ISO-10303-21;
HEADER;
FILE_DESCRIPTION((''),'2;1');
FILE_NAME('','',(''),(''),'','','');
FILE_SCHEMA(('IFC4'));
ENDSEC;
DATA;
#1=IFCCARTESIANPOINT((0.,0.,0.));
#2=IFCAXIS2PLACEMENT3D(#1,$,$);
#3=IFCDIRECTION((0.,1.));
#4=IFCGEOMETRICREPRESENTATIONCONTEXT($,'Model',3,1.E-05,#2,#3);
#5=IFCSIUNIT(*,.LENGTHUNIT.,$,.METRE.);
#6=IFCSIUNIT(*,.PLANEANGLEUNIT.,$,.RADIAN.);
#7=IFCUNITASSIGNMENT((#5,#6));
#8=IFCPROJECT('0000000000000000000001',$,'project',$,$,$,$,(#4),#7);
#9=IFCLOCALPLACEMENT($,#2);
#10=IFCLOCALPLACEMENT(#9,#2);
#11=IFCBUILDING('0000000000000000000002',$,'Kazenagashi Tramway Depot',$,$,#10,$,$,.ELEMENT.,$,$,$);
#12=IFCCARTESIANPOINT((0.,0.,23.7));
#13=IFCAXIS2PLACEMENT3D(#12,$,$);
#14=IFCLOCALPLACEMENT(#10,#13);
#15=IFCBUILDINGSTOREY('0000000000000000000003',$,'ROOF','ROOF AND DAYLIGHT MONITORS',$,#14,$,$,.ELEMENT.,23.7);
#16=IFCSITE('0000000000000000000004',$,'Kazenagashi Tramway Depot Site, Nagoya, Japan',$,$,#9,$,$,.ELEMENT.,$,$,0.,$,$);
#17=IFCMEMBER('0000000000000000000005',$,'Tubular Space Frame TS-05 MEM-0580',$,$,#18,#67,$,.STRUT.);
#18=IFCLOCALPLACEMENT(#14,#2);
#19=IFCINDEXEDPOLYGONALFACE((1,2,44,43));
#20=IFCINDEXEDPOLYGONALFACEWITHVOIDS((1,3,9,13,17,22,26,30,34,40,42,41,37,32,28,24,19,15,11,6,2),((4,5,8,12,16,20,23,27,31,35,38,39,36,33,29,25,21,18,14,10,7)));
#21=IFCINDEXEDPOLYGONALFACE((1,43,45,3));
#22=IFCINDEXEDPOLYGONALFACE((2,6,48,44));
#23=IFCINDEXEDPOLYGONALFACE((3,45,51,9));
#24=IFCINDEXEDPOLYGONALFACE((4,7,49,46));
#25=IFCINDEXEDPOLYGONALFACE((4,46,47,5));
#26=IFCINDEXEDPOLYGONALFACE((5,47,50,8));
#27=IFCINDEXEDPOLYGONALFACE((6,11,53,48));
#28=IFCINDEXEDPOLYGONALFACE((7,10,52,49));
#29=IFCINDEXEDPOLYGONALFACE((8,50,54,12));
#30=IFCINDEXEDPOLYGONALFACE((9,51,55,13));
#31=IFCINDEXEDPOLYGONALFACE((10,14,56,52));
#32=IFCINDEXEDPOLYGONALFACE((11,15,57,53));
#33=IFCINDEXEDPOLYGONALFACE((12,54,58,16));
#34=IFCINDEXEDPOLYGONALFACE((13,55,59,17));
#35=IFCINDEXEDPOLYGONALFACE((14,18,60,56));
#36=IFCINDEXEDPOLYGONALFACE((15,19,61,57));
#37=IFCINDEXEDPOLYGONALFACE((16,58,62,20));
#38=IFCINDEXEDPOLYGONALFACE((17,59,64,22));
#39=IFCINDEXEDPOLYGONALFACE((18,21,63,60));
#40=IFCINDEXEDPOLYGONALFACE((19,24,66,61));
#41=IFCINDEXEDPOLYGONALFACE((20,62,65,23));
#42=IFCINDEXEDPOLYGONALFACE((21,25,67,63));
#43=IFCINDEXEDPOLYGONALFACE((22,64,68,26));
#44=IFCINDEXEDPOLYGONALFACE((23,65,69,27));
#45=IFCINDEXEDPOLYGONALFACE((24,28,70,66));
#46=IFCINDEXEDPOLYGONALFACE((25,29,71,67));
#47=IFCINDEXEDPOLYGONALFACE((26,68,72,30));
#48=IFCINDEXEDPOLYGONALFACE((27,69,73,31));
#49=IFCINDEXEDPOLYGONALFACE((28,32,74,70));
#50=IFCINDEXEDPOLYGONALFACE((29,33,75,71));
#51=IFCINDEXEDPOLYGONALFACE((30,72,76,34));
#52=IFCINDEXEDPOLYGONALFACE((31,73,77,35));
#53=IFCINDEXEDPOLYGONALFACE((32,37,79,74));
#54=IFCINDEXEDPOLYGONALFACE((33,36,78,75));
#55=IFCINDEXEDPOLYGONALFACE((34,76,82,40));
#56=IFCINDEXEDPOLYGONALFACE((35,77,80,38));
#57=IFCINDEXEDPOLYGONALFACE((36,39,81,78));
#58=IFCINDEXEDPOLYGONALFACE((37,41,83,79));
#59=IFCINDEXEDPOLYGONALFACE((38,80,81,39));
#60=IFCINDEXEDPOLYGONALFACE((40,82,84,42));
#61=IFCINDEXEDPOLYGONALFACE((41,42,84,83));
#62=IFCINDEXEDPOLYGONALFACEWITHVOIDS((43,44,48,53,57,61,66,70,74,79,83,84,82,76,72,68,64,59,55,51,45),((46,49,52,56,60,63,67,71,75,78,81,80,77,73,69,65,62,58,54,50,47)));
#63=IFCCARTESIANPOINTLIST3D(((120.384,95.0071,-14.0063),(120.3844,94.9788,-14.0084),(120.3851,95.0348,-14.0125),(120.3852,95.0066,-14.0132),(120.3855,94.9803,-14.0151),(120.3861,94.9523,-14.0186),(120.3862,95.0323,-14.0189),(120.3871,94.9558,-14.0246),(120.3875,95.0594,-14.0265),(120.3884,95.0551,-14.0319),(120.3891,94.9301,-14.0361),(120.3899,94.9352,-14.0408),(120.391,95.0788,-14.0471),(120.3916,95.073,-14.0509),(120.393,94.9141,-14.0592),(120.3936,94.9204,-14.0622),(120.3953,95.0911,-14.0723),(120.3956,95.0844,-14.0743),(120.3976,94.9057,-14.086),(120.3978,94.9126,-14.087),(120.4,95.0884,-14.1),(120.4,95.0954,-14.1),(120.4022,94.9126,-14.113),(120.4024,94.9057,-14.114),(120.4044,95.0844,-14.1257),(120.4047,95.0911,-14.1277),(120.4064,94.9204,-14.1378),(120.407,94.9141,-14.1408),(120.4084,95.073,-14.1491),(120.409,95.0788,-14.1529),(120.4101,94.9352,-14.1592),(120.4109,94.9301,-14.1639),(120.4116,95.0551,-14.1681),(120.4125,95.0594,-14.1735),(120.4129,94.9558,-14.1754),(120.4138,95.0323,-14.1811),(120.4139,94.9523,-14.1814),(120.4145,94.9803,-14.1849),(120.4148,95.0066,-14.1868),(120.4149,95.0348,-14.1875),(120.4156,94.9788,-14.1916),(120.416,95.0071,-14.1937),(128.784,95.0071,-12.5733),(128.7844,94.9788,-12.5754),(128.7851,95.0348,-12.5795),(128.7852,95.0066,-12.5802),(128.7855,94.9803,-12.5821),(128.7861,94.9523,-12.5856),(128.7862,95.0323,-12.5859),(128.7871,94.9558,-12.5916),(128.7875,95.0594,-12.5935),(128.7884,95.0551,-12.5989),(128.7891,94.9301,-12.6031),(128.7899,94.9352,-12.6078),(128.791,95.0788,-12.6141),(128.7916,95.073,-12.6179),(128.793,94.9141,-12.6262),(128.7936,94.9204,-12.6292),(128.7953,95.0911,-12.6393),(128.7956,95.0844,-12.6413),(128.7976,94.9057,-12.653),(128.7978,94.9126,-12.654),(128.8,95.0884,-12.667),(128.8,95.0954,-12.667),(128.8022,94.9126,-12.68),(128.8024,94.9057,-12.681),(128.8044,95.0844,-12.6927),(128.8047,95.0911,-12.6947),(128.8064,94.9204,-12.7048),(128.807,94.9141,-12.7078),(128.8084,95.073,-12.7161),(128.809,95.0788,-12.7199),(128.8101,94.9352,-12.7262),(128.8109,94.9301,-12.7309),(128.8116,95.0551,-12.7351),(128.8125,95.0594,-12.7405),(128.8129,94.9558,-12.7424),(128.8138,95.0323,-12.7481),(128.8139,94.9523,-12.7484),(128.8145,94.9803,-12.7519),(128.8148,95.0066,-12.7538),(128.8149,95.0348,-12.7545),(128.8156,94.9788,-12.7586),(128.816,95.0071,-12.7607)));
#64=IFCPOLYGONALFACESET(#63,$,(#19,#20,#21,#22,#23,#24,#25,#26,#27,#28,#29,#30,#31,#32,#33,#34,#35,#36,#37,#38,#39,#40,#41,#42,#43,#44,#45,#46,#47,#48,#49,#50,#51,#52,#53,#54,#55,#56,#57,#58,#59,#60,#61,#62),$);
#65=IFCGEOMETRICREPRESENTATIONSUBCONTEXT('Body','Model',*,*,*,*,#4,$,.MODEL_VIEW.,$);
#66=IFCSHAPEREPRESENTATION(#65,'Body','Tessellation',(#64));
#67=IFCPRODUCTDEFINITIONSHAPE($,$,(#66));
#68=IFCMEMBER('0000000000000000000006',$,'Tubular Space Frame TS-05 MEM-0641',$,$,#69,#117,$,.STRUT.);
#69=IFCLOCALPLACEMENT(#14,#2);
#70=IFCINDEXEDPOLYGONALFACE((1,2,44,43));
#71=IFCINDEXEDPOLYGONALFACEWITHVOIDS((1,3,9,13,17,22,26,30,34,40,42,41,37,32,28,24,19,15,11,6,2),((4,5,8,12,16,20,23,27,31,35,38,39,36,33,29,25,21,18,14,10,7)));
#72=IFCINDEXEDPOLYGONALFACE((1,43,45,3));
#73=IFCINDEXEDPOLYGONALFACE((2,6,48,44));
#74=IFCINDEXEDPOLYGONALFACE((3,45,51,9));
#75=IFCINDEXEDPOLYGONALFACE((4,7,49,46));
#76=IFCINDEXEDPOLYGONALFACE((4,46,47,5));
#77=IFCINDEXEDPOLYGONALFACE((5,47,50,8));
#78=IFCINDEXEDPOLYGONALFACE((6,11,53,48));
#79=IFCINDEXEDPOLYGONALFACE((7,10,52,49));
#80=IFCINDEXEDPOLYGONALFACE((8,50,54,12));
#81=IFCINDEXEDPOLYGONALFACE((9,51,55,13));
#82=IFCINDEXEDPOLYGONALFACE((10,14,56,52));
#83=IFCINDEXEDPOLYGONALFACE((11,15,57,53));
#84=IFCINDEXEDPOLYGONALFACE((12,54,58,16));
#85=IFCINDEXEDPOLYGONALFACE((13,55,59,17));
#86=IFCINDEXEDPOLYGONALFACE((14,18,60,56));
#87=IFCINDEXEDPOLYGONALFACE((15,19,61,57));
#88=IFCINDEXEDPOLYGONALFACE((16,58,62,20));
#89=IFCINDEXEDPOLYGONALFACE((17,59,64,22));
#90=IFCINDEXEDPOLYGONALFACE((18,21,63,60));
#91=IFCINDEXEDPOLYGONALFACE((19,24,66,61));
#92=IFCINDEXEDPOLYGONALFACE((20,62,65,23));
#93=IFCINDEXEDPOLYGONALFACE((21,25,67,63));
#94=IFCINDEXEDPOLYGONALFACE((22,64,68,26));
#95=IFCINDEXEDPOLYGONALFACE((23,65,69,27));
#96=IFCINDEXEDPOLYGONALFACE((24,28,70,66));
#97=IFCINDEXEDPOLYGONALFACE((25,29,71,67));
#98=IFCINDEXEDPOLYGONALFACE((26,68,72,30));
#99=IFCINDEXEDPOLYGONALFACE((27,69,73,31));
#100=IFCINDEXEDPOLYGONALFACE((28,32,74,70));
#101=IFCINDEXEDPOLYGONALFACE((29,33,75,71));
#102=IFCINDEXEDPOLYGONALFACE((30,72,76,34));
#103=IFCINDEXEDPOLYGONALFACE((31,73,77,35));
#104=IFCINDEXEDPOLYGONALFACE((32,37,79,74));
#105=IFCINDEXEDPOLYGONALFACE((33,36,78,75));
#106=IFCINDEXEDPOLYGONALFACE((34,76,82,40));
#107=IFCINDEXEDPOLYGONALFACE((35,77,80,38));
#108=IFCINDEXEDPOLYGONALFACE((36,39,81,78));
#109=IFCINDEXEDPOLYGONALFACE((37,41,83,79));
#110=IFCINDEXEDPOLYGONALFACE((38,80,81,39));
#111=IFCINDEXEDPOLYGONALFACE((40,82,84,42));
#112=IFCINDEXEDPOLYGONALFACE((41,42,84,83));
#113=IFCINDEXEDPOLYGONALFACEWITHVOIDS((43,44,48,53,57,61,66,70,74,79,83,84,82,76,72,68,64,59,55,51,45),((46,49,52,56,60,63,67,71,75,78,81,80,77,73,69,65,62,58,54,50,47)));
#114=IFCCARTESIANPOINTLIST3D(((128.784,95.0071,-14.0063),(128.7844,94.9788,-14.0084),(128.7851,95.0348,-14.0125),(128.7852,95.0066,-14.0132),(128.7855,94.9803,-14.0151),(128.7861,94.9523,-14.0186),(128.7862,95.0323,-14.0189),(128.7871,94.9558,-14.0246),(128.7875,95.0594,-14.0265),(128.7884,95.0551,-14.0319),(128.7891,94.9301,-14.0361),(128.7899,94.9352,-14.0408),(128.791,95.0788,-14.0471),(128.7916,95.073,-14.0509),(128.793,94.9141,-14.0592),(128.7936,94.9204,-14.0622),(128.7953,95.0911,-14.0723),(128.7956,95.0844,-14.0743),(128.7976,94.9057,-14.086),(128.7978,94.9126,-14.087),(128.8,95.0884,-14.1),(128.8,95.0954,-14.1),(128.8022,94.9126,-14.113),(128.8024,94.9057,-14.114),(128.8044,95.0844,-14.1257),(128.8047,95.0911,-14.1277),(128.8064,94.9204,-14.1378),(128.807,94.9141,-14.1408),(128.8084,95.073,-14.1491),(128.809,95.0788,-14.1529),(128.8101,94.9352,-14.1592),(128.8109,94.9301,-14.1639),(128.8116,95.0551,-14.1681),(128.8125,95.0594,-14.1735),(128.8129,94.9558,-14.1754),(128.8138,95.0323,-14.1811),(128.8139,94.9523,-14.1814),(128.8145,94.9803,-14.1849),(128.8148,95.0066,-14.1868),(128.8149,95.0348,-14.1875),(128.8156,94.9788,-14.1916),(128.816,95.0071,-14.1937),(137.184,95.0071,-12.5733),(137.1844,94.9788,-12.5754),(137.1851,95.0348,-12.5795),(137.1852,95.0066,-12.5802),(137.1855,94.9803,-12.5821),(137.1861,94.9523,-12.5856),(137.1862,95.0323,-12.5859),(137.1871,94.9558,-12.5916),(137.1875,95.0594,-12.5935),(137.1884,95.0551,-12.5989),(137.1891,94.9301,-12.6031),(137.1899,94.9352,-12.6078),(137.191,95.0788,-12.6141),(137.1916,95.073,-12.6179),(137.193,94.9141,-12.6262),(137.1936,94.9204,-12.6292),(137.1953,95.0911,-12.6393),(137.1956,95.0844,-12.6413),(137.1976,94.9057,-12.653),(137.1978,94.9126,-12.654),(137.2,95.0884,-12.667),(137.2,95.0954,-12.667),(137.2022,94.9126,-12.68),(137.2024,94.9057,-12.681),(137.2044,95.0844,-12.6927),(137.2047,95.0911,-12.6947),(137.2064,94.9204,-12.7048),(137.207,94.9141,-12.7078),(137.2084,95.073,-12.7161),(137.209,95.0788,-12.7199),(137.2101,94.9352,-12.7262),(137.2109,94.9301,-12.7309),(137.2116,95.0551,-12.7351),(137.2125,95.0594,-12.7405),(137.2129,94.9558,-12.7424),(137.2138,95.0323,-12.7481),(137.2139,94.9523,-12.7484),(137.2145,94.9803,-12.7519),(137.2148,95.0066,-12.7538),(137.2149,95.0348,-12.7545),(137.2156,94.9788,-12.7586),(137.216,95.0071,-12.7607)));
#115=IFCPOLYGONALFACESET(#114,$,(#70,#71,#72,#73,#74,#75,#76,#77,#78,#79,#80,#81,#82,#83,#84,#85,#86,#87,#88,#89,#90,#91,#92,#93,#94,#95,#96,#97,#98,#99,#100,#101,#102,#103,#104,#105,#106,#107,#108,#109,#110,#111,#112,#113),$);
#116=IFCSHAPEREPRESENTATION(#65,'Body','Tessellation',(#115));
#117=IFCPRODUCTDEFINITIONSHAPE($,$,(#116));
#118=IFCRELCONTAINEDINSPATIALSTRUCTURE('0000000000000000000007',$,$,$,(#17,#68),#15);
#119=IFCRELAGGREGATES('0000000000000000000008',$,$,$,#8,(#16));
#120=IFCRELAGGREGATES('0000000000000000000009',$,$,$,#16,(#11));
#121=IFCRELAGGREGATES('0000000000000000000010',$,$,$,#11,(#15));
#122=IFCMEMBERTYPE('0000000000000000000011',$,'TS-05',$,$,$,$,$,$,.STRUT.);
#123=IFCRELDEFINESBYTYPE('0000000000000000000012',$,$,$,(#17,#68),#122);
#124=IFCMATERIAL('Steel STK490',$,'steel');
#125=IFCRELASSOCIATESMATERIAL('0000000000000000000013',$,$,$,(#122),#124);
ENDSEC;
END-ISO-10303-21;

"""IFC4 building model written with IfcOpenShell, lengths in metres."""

from ifc_helpers import new_model, si_unit, direction, frame, origin, origin_2d, place, context, subcontext, project, spatial, hollow_circle, extrude, material, material_profile, profile_set, type_object, element, save


model = new_model("IFC4")

# Units and contexts
model_context = context("Model", 3, precision=1e-05, world=origin(), true_north=direction((0.0, 1.0)))
body_context = subcontext(model_context, "Body", "Model", "MODEL_VIEW")
ifc_project = project(units=[si_unit("LENGTHUNIT", "METRE"), si_unit("PLANEANGLEUNIT", "RADIAN")], contexts=[model_context])

# Site, building, storey
site_placement = place(None, origin())
site = spatial("IfcSite", under=ifc_project, at=site_placement, Name="Kazenagashi Tramway Depot Site, Nagoya, Japan", CompositionType="ELEMENT", RefElevation=0.0)
building_placement = place(site_placement, origin())
building = spatial("IfcBuilding", under=site, at=building_placement, Name="Kazenagashi Tramway Depot", CompositionType="ELEMENT")
storey_placement = place(building_placement, frame((0.0, 0.0, 23.7)))
storey = spatial("IfcBuildingStorey", under=building, at=storey_placement, Name="ROOF", Description="ROOF AND DAYLIGHT MONITORS", CompositionType="ELEMENT", Elevation=23.7)

# Members
ifc_material_1 = material(Name="Steel STK490", Category="steel")
ifc_material_profile_1 = material_profile(ifc_material_1, hollow_circle(Radius=0.0954, WallThickness=0.007, at=origin_2d()), Name="CHS-190.7x7.0")
ifc_profile_set_1 = profile_set([ifc_material_profile_1], Name="Steel STK490")
member_type_1 = type_object("IfcMemberType", Name="TS-05", PredefinedType="STRUT", material=ifc_profile_set_1)
for number, where, z_axis, x_axis, name in (
    (1, (120.4, 95.0, -14.1), (0.985759, 0.0, 0.168166), (0.0, 1.0, 0.0), "Tubular Space Frame TS-05 MEM-0580"),
    (2, (128.8, 95.0, -14.1), (0.985759, 0.0, 0.168166), (0.0, 1.0, 0.0), "Tubular Space Frame TS-05 MEM-0641"),
):
    element("IfcMember", number, at=place(storey_placement, frame(where, z_axis=z_axis, x_axis=x_axis)), inside=storey, type_object=member_type_1, Name=name, PredefinedType="STRUT", context=body_context, shape_type="SweptSolid", body=[
        extrude(hollow_circle(Radius=0.0954, WallThickness=0.007, at=origin_2d()), origin(), (0.0, 0.0, 1.0), 8.5214),
    ])

save(model, "model.ifc")
